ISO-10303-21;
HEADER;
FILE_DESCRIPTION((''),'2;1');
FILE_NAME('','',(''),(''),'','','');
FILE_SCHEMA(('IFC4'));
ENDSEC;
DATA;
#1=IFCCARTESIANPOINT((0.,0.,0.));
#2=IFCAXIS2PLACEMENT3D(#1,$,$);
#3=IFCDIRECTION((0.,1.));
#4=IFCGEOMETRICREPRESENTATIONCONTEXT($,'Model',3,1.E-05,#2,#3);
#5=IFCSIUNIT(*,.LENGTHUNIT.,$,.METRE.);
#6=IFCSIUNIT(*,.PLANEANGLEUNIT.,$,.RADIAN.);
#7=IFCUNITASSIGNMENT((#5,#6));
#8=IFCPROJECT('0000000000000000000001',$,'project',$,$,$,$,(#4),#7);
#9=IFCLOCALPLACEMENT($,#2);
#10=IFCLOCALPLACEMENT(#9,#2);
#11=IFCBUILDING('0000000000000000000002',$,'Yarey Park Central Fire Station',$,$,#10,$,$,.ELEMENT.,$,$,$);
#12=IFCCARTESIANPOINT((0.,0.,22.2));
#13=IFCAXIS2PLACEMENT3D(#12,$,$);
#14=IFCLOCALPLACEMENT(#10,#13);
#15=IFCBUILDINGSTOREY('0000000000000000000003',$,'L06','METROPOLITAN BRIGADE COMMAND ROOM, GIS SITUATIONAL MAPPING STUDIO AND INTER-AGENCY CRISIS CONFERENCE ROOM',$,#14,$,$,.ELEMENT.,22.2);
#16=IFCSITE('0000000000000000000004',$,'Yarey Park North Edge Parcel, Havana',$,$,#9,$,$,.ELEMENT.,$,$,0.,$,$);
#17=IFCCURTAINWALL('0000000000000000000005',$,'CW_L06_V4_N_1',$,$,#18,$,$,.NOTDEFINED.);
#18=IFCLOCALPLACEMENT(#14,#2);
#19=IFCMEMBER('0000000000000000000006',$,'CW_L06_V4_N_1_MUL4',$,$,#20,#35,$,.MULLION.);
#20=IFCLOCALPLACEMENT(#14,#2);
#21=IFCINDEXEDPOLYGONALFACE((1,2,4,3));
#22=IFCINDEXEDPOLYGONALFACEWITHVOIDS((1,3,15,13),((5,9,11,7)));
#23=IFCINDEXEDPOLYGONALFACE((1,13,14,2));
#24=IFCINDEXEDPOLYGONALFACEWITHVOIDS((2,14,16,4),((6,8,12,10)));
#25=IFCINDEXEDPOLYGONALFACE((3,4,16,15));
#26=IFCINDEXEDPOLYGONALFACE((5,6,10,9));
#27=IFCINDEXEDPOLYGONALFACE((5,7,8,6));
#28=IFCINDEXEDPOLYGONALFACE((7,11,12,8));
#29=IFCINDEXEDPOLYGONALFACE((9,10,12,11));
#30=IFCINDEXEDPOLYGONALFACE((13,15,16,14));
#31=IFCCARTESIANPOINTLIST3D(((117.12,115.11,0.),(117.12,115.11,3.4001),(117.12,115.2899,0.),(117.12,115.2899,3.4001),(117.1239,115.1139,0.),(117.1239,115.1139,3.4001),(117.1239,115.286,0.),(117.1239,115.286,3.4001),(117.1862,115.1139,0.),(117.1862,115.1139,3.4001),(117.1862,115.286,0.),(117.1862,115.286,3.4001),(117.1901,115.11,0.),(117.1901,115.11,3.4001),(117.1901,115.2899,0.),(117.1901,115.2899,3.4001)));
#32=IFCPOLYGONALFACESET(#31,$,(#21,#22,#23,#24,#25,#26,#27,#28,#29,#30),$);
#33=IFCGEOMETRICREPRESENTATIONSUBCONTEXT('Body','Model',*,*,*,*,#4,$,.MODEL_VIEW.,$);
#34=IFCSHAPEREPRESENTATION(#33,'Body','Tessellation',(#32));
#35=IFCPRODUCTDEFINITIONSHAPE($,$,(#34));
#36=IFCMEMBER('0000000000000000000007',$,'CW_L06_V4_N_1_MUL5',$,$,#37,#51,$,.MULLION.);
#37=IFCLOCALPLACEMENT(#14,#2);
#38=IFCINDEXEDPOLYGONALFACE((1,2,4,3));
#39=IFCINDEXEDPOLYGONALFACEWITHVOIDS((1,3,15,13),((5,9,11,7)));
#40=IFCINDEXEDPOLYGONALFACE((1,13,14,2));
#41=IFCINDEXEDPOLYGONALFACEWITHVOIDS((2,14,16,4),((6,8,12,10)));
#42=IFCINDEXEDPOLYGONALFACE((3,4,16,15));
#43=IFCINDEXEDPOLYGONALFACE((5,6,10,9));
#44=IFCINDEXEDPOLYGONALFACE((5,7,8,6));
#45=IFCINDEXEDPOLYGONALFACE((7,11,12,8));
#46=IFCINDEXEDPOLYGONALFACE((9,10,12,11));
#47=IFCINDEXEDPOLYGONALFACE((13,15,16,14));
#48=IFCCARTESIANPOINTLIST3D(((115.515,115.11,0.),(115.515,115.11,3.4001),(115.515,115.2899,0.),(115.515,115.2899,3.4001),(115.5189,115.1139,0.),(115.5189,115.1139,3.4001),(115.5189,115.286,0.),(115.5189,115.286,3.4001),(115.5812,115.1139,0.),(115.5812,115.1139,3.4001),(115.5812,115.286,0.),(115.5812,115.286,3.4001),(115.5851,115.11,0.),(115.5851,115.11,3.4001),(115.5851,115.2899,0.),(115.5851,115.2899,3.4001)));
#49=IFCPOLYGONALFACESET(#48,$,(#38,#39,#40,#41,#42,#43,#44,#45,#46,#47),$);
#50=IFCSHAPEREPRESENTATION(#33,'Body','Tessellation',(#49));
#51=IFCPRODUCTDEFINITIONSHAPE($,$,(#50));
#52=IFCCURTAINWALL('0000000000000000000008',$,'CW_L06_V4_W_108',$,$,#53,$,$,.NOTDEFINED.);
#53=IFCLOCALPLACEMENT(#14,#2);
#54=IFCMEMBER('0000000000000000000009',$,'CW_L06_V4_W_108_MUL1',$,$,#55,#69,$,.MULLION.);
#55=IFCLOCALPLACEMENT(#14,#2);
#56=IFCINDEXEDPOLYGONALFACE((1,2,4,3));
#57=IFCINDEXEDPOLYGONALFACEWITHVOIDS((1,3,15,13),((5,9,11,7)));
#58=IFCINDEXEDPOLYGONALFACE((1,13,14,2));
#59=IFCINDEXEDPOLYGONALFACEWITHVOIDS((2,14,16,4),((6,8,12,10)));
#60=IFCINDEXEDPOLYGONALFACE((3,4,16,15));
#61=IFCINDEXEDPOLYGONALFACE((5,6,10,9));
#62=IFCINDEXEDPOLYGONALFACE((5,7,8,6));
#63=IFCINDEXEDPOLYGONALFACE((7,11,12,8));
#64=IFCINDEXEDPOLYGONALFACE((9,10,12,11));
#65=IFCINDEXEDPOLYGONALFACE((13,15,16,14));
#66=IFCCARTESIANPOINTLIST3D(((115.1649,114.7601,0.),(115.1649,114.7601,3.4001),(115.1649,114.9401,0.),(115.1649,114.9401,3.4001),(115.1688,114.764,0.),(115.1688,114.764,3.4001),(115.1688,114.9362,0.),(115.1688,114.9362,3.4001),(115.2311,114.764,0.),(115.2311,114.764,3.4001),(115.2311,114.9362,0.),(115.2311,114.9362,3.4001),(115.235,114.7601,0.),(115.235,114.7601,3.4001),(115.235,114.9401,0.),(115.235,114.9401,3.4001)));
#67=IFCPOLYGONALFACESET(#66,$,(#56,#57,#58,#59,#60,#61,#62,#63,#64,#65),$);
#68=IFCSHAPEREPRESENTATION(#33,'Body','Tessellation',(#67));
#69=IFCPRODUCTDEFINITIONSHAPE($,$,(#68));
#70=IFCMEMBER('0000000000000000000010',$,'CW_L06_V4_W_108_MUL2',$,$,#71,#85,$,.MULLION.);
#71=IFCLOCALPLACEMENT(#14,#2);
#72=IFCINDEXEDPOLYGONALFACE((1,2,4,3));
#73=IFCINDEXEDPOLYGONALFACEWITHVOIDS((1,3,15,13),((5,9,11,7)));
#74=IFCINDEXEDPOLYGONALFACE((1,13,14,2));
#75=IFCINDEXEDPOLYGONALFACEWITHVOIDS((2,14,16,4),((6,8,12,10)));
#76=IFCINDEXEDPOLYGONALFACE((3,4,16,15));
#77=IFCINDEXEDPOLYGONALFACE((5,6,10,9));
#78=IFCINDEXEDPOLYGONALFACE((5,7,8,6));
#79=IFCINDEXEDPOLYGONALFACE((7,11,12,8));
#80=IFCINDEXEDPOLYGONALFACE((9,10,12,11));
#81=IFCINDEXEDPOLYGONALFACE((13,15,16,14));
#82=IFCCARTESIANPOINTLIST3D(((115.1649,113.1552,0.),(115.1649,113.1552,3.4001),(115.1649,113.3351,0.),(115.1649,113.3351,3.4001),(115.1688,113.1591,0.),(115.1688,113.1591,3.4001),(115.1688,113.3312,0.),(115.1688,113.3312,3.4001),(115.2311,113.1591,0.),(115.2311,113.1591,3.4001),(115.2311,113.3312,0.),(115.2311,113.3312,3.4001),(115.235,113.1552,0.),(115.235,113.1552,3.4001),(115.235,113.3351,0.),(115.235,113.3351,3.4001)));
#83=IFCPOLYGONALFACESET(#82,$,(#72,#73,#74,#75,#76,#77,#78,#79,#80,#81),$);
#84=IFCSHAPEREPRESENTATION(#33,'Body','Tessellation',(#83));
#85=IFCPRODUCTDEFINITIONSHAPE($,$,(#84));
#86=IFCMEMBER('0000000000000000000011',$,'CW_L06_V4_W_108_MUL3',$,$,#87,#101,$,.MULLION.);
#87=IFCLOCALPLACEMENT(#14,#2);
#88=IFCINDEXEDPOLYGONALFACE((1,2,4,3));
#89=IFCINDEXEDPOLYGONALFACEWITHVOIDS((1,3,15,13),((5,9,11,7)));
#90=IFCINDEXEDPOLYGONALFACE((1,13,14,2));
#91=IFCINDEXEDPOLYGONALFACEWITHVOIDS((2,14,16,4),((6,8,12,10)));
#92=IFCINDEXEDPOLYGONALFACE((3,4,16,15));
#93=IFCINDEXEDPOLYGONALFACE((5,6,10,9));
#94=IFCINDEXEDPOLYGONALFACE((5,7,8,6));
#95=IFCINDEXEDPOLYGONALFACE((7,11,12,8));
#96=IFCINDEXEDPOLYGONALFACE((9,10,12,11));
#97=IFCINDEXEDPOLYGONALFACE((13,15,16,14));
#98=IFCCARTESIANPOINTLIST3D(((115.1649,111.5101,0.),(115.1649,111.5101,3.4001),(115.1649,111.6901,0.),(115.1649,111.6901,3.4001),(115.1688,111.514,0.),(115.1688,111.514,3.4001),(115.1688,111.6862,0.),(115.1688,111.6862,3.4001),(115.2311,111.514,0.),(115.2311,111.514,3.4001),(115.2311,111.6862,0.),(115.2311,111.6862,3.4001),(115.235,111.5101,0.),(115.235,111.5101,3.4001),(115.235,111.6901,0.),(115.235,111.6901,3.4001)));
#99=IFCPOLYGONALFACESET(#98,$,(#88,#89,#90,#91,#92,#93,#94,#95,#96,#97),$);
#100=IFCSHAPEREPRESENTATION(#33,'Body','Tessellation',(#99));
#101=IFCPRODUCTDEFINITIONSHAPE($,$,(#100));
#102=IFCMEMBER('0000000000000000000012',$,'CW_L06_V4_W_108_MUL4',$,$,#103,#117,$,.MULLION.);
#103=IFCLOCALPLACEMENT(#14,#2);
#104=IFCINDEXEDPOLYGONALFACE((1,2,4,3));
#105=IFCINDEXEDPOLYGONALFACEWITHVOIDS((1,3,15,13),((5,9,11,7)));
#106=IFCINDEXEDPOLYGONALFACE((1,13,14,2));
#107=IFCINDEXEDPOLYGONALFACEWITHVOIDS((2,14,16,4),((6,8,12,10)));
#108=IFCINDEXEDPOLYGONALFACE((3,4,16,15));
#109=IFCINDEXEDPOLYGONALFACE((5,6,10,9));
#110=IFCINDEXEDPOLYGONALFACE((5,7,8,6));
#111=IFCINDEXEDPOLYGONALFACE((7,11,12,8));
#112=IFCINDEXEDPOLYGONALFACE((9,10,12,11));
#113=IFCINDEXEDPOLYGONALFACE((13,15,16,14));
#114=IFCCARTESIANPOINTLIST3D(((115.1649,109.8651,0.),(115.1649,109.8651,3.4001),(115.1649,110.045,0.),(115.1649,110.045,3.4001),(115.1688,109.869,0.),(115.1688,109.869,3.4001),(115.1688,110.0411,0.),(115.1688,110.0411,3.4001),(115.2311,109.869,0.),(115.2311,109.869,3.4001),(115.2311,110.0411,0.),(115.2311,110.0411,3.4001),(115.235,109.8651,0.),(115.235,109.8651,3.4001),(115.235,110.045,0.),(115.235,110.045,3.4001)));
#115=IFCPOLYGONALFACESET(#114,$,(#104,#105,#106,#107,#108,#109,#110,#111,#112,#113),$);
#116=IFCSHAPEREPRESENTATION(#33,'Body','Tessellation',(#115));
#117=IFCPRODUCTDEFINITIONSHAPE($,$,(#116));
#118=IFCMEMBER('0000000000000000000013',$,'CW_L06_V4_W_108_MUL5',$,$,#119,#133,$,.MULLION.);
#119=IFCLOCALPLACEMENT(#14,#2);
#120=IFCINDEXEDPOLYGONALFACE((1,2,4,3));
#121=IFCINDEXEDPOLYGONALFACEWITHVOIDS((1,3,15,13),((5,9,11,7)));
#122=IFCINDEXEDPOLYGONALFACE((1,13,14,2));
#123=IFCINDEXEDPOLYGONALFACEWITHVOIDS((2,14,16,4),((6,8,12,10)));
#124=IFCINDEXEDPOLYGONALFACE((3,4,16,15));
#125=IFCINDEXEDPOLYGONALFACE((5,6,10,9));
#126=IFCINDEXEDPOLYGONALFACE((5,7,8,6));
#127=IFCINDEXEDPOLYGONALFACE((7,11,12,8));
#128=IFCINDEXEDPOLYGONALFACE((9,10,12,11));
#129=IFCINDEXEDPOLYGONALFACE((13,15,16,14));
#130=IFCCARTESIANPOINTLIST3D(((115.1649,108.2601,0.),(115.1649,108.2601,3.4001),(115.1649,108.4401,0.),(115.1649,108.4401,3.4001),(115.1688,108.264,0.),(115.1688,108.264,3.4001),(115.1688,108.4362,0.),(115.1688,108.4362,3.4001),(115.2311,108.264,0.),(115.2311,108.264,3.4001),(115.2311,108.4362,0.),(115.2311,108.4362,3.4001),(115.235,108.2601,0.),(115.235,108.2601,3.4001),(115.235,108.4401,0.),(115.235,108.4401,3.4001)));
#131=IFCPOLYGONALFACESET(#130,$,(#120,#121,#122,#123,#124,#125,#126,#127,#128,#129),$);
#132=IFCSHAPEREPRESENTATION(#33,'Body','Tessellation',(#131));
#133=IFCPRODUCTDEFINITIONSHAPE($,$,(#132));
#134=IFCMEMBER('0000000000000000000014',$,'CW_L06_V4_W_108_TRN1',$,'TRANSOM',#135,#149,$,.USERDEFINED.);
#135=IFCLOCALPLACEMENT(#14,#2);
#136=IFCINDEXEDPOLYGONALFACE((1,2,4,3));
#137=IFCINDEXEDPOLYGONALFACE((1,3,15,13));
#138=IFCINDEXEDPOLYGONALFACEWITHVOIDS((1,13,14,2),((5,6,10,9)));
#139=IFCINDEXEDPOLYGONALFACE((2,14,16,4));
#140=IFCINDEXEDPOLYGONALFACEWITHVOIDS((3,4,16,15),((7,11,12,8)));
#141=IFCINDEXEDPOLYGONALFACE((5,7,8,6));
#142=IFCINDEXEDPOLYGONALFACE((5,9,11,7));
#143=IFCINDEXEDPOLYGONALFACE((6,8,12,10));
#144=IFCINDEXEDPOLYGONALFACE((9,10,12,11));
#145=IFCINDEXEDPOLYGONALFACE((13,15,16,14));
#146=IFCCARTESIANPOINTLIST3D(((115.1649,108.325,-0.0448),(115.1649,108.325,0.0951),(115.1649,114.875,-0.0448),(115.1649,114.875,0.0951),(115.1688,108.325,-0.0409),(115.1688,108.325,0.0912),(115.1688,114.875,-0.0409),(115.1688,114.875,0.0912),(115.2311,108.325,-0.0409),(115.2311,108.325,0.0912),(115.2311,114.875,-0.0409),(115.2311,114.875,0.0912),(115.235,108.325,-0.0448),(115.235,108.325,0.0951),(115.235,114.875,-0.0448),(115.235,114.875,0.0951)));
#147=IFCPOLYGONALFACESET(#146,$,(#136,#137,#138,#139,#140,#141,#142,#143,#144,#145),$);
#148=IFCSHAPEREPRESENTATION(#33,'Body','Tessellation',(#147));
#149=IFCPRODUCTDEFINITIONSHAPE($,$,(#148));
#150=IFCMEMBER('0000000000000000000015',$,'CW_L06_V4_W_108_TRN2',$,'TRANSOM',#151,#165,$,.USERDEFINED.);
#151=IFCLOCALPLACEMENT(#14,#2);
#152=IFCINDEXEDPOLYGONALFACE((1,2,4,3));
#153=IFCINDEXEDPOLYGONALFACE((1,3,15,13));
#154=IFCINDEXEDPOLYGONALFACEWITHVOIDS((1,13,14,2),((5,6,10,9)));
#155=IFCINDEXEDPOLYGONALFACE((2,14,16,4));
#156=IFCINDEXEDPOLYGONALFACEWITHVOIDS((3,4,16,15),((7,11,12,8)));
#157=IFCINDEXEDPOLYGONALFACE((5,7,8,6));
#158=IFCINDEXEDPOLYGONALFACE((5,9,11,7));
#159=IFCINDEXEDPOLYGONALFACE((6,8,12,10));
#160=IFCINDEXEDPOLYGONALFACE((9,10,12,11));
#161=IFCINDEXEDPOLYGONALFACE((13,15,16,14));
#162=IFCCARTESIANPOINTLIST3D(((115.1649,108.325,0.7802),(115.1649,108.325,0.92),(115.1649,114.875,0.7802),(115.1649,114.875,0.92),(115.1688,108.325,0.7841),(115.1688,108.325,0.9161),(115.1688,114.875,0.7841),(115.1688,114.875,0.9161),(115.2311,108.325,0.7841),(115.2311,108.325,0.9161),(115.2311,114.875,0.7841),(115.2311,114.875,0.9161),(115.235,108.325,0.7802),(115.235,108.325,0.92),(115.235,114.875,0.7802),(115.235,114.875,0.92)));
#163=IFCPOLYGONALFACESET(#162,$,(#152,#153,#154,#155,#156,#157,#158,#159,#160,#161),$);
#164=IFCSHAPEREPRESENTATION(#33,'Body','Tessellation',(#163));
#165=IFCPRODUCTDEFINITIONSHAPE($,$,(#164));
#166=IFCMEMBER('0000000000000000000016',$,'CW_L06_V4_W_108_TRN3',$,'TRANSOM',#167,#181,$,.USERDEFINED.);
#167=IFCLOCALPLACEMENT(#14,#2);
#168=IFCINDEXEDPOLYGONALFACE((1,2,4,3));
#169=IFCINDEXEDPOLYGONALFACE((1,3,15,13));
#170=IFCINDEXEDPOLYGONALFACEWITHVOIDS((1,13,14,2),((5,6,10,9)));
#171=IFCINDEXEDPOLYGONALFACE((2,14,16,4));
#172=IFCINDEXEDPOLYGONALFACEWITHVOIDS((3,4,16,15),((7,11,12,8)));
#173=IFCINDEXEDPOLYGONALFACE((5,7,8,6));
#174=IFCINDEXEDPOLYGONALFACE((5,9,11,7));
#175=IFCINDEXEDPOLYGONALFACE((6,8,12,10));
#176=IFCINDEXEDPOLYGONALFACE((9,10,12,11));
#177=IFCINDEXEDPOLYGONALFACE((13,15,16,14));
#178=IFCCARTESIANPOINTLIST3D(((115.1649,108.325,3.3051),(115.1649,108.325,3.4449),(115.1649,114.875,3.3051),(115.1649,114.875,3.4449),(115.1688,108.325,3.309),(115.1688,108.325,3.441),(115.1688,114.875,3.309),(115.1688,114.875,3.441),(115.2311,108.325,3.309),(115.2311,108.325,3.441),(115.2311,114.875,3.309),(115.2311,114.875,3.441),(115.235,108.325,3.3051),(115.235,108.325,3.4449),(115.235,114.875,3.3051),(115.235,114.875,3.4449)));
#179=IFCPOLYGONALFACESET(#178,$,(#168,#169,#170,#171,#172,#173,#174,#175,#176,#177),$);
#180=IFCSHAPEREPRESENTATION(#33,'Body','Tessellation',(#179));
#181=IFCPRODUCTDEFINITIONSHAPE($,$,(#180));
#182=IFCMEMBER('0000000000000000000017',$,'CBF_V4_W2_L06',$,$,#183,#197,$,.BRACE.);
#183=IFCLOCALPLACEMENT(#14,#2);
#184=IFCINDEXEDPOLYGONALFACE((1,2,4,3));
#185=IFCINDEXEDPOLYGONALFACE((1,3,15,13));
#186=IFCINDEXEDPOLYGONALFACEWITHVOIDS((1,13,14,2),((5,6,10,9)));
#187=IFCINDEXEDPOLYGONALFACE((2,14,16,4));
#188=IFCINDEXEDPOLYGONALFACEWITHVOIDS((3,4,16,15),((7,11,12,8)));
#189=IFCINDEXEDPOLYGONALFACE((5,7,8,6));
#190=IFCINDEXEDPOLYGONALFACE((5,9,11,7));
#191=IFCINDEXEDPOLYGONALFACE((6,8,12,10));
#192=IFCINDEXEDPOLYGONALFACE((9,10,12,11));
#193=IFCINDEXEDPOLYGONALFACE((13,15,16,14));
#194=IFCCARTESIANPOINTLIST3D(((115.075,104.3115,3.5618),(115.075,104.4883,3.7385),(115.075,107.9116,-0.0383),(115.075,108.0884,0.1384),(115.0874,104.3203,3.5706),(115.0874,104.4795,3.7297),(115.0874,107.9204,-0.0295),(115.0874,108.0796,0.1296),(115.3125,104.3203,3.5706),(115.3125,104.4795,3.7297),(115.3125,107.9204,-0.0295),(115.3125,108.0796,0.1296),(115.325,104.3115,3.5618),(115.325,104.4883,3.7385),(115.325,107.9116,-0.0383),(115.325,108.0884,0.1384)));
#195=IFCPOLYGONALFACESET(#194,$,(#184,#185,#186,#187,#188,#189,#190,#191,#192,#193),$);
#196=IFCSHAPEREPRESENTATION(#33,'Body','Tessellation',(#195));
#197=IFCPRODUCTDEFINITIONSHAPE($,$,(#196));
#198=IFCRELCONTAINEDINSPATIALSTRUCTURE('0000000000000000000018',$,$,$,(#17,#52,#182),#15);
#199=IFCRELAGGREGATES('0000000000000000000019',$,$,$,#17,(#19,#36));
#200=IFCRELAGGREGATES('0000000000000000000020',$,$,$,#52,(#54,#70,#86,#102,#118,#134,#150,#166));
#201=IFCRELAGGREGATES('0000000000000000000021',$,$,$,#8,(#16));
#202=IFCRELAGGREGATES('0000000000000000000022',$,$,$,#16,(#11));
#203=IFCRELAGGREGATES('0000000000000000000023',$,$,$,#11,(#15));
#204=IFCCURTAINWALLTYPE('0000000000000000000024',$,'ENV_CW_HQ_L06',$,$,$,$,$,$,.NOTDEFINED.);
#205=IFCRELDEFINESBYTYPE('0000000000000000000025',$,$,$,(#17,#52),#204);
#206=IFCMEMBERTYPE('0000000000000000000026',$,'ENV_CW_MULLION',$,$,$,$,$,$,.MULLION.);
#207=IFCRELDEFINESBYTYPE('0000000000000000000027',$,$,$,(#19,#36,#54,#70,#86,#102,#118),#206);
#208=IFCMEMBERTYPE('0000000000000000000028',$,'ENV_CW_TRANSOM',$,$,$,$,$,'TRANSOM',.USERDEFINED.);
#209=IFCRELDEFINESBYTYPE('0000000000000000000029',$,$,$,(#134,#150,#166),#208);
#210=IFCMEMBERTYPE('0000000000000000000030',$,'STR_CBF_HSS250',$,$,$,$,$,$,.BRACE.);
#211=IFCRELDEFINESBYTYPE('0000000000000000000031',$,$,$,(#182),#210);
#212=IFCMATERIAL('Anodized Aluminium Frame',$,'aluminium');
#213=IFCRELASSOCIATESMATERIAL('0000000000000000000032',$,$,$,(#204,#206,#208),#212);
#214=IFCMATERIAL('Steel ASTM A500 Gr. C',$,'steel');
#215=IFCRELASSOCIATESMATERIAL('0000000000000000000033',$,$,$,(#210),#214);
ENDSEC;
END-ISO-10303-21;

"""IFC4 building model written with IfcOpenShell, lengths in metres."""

from ifc_helpers import new_model, si_unit, direction, frame, origin, origin_2d, place, context, subcontext, project, spatial, hollow_rectangle, extrude, material, material_profile, profile_set, type_object, element, aggregate, save


model = new_model("IFC4")

# Units and contexts
model_context = context("Model", 3, precision=1e-05, world=origin(), true_north=direction((0.0, 1.0)))
body_context = subcontext(model_context, "Body", "Model", "MODEL_VIEW")
ifc_project = project(units=[si_unit("LENGTHUNIT", "METRE"), si_unit("PLANEANGLEUNIT", "RADIAN")], contexts=[model_context])

# Site, building, storey
site_placement = place(None, origin())
site = spatial("IfcSite", under=ifc_project, at=site_placement, Name="Yarey Park North Edge Parcel, Havana", CompositionType="ELEMENT", RefElevation=0.0)
building_placement = place(site_placement, origin())
building = spatial("IfcBuilding", under=site, at=building_placement, Name="Yarey Park Central Fire Station", CompositionType="ELEMENT")
storey_placement = place(building_placement, frame((0.0, 0.0, 22.2)))
storey = spatial("IfcBuildingStorey", under=building, at=storey_placement, Name="L06", Description="METROPOLITAN BRIGADE COMMAND ROOM, GIS SITUATIONAL MAPPING STUDIO AND INTER-AGENCY CRISIS CONFERENCE ROOM", CompositionType="ELEMENT", Elevation=22.2)

# Curtain walls, members
ifc_material_1 = material(Name="Anodized Aluminium Frame", Category="aluminium")
curtain_wall_type = type_object("IfcCurtainWallType", Name="ENV_CW_HQ_L06", PredefinedType="NOTDEFINED", material=ifc_material_1)
curtain_wall_1_placement = place(storey_placement, origin())
curtain_wall_1 = element("IfcCurtainWall", 1, at=curtain_wall_1_placement, inside=storey, type_object=curtain_wall_type, Name="CW_L06_V4_N_1", PredefinedType="NOTDEFINED")
ifc_material_profile_1 = material_profile(ifc_material_1, hollow_rectangle(XDim=0.0701, YDim=0.1799, WallThickness=0.0039, at=origin_2d()), Name="ALU 180x70x4")
ifc_profile_set_1 = profile_set([ifc_material_profile_1], Name="Anodized Aluminium Frame")
member_type_1 = type_object("IfcMemberType", Name="ENV_CW_MULLION", PredefinedType="MULLION", material=ifc_profile_set_1)
member_1_placement = place(storey_placement, frame((117.155, 115.2, 0.0), z_axis=(0.0, 0.0, 1.0), x_axis=(1.0, 0.0, 0.0)))
member_1 = element("IfcMember", 2, at=member_1_placement, type_object=member_type_1, Name="CW_L06_V4_N_1_MUL4", PredefinedType="MULLION", context=body_context, shape_type="SweptSolid", body=[
    extrude(hollow_rectangle(XDim=0.0701, YDim=0.1799, WallThickness=0.0039, at=origin_2d()), origin(), (0.0, 0.0, 1.0), 3.4001),
])
member_2_placement = place(storey_placement, frame((115.55, 115.2, 0.0), z_axis=(0.0, 0.0, 1.0), x_axis=(1.0, 0.0, 0.0)))
member_2 = element("IfcMember", 3, at=member_2_placement, type_object=member_type_1, Name="CW_L06_V4_N_1_MUL5", PredefinedType="MULLION", context=body_context, shape_type="SweptSolid", body=[
    extrude(hollow_rectangle(XDim=0.0701, YDim=0.1799, WallThickness=0.0039, at=origin_2d()), origin(), (0.0, 0.0, 1.0), 3.4001),
])
curtain_wall_2_placement = place(storey_placement, origin())
curtain_wall_2 = element("IfcCurtainWall", 4, at=curtain_wall_2_placement, inside=storey, type_object=curtain_wall_type, Name="CW_L06_V4_W_108", PredefinedType="NOTDEFINED")
member_3_placement = place(storey_placement, frame((115.2, 114.8501, 0.0), z_axis=(0.0, 0.0, 1.0), x_axis=(1.0, 0.0, 0.0)))
member_3 = element("IfcMember", 5, at=member_3_placement, type_object=member_type_1, Name="CW_L06_V4_W_108_MUL1", PredefinedType="MULLION", context=body_context, shape_type="SweptSolid", body=[
    extrude(hollow_rectangle(XDim=0.0701, YDim=0.1799, WallThickness=0.0039, at=origin_2d()), origin(), (0.0, 0.0, 1.0), 3.4001),
])
member_4_placement = place(storey_placement, frame((115.2, 113.2451, 0.0), z_axis=(0.0, 0.0, 1.0), x_axis=(1.0, 0.0, 0.0)))
member_4 = element("IfcMember", 6, at=member_4_placement, type_object=member_type_1, Name="CW_L06_V4_W_108_MUL2", PredefinedType="MULLION", context=body_context, shape_type="SweptSolid", body=[
    extrude(hollow_rectangle(XDim=0.0701, YDim=0.1799, WallThickness=0.0039, at=origin_2d()), origin(), (0.0, 0.0, 1.0), 3.4001),
])
member_5_placement = place(storey_placement, frame((115.2, 111.6001, 0.0), z_axis=(0.0, 0.0, 1.0), x_axis=(1.0, 0.0, 0.0)))
member_5 = element("IfcMember", 7, at=member_5_placement, type_object=member_type_1, Name="CW_L06_V4_W_108_MUL3", PredefinedType="MULLION", context=body_context, shape_type="SweptSolid", body=[
    extrude(hollow_rectangle(XDim=0.0701, YDim=0.1799, WallThickness=0.0039, at=origin_2d()), origin(), (0.0, 0.0, 1.0), 3.4001),
])
member_6_placement = place(storey_placement, frame((115.2, 109.9551, 0.0), z_axis=(0.0, 0.0, 1.0), x_axis=(1.0, 0.0, 0.0)))
member_6 = element("IfcMember", 8, at=member_6_placement, type_object=member_type_1, Name="CW_L06_V4_W_108_MUL4", PredefinedType="MULLION", context=body_context, shape_type="SweptSolid", body=[
    extrude(hollow_rectangle(XDim=0.0701, YDim=0.1799, WallThickness=0.0039, at=origin_2d()), origin(), (0.0, 0.0, 1.0), 3.4001),
])
member_7_placement = place(storey_placement, frame((115.2, 108.3501, 0.0), z_axis=(0.0, 0.0, 1.0), x_axis=(1.0, 0.0, 0.0)))
member_7 = element("IfcMember", 9, at=member_7_placement, type_object=member_type_1, Name="CW_L06_V4_W_108_MUL5", PredefinedType="MULLION", context=body_context, shape_type="SweptSolid", body=[
    extrude(hollow_rectangle(XDim=0.0701, YDim=0.1799, WallThickness=0.0039, at=origin_2d()), origin(), (0.0, 0.0, 1.0), 3.4001),
])
ifc_material_profile_2 = material_profile(ifc_material_1, hollow_rectangle(XDim=0.0701, YDim=0.1399, WallThickness=0.0039, at=origin_2d()), Name="ALU 140x70x4")
ifc_profile_set_2 = profile_set([ifc_material_profile_2], Name="Anodized Aluminium Frame")
member_type_2 = type_object("IfcMemberType", Name="ENV_CW_TRANSOM", ElementType="TRANSOM", PredefinedType="USERDEFINED", material=ifc_profile_set_2)
member_8_placement = place(storey_placement, frame((115.2, 114.875, 0.0251), z_axis=(0.0, -1.0, 0.0), x_axis=(1.0, 0.0, 0.0)))
member_8 = element("IfcMember", 10, at=member_8_placement, type_object=member_type_2, Name="CW_L06_V4_W_108_TRN1", ObjectType="TRANSOM", PredefinedType="USERDEFINED", context=body_context, shape_type="SweptSolid", body=[
    extrude(hollow_rectangle(XDim=0.0701, YDim=0.1399, WallThickness=0.0039, at=origin_2d()), origin(), (0.0, 0.0, 1.0), 6.55),
])
member_9_placement = place(storey_placement, frame((115.2, 114.875, 0.8501), z_axis=(0.0, -1.0, 0.0), x_axis=(1.0, 0.0, 0.0)))
member_9 = element("IfcMember", 11, at=member_9_placement, type_object=member_type_2, Name="CW_L06_V4_W_108_TRN2", ObjectType="TRANSOM", PredefinedType="USERDEFINED", context=body_context, shape_type="SweptSolid", body=[
    extrude(hollow_rectangle(XDim=0.0701, YDim=0.1399, WallThickness=0.0039, at=origin_2d()), origin(), (0.0, 0.0, 1.0), 6.55),
])
member_10_placement = place(storey_placement, frame((115.2, 114.875, 3.375), z_axis=(0.0, -1.0, 0.0), x_axis=(1.0, 0.0, 0.0)))
member_10 = element("IfcMember", 12, at=member_10_placement, type_object=member_type_2, Name="CW_L06_V4_W_108_TRN3", ObjectType="TRANSOM", PredefinedType="USERDEFINED", context=body_context, shape_type="SweptSolid", body=[
    extrude(hollow_rectangle(XDim=0.0701, YDim=0.1399, WallThickness=0.0039, at=origin_2d()), origin(), (0.0, 0.0, 1.0), 6.55),
])

# Member
ifc_material_2 = material(Name="Steel ASTM A500 Gr. C", Category="steel")
ifc_material_profile_3 = material_profile(ifc_material_2, hollow_rectangle(XDim=0.25, YDim=0.25, WallThickness=0.0125, at=origin_2d()), Name="HSS 250x250x12.5")
ifc_profile_set_3 = profile_set([ifc_material_profile_3], Name="Steel ASTM A500 Gr. C")
member_type_3 = type_object("IfcMemberType", Name="STR_CBF_HSS250", PredefinedType="BRACE", material=ifc_profile_set_3)
member_11_placement = place(storey_placement, frame((115.2, 108.0, 0.05), z_axis=(0.0, -0.707107, 0.707107), x_axis=(1.0, 0.0, 0.0)))
element("IfcMember", 13, at=member_11_placement, inside=storey, type_object=member_type_3, Name="CBF_V4_W2_L06", PredefinedType="BRACE", context=body_context, shape_type="SweptSolid", body=[
    extrude(hollow_rectangle(XDim=0.25, YDim=0.25, WallThickness=0.0125, at=origin_2d()), origin(), (0.0, 0.0, 1.0), 5.0913),
])

aggregate(curtain_wall_1, [member_1, member_2])
aggregate(curtain_wall_2, [member_3, member_4, member_5, member_6, member_7, member_8, member_9, member_10])

save(model, "model.ifc")
